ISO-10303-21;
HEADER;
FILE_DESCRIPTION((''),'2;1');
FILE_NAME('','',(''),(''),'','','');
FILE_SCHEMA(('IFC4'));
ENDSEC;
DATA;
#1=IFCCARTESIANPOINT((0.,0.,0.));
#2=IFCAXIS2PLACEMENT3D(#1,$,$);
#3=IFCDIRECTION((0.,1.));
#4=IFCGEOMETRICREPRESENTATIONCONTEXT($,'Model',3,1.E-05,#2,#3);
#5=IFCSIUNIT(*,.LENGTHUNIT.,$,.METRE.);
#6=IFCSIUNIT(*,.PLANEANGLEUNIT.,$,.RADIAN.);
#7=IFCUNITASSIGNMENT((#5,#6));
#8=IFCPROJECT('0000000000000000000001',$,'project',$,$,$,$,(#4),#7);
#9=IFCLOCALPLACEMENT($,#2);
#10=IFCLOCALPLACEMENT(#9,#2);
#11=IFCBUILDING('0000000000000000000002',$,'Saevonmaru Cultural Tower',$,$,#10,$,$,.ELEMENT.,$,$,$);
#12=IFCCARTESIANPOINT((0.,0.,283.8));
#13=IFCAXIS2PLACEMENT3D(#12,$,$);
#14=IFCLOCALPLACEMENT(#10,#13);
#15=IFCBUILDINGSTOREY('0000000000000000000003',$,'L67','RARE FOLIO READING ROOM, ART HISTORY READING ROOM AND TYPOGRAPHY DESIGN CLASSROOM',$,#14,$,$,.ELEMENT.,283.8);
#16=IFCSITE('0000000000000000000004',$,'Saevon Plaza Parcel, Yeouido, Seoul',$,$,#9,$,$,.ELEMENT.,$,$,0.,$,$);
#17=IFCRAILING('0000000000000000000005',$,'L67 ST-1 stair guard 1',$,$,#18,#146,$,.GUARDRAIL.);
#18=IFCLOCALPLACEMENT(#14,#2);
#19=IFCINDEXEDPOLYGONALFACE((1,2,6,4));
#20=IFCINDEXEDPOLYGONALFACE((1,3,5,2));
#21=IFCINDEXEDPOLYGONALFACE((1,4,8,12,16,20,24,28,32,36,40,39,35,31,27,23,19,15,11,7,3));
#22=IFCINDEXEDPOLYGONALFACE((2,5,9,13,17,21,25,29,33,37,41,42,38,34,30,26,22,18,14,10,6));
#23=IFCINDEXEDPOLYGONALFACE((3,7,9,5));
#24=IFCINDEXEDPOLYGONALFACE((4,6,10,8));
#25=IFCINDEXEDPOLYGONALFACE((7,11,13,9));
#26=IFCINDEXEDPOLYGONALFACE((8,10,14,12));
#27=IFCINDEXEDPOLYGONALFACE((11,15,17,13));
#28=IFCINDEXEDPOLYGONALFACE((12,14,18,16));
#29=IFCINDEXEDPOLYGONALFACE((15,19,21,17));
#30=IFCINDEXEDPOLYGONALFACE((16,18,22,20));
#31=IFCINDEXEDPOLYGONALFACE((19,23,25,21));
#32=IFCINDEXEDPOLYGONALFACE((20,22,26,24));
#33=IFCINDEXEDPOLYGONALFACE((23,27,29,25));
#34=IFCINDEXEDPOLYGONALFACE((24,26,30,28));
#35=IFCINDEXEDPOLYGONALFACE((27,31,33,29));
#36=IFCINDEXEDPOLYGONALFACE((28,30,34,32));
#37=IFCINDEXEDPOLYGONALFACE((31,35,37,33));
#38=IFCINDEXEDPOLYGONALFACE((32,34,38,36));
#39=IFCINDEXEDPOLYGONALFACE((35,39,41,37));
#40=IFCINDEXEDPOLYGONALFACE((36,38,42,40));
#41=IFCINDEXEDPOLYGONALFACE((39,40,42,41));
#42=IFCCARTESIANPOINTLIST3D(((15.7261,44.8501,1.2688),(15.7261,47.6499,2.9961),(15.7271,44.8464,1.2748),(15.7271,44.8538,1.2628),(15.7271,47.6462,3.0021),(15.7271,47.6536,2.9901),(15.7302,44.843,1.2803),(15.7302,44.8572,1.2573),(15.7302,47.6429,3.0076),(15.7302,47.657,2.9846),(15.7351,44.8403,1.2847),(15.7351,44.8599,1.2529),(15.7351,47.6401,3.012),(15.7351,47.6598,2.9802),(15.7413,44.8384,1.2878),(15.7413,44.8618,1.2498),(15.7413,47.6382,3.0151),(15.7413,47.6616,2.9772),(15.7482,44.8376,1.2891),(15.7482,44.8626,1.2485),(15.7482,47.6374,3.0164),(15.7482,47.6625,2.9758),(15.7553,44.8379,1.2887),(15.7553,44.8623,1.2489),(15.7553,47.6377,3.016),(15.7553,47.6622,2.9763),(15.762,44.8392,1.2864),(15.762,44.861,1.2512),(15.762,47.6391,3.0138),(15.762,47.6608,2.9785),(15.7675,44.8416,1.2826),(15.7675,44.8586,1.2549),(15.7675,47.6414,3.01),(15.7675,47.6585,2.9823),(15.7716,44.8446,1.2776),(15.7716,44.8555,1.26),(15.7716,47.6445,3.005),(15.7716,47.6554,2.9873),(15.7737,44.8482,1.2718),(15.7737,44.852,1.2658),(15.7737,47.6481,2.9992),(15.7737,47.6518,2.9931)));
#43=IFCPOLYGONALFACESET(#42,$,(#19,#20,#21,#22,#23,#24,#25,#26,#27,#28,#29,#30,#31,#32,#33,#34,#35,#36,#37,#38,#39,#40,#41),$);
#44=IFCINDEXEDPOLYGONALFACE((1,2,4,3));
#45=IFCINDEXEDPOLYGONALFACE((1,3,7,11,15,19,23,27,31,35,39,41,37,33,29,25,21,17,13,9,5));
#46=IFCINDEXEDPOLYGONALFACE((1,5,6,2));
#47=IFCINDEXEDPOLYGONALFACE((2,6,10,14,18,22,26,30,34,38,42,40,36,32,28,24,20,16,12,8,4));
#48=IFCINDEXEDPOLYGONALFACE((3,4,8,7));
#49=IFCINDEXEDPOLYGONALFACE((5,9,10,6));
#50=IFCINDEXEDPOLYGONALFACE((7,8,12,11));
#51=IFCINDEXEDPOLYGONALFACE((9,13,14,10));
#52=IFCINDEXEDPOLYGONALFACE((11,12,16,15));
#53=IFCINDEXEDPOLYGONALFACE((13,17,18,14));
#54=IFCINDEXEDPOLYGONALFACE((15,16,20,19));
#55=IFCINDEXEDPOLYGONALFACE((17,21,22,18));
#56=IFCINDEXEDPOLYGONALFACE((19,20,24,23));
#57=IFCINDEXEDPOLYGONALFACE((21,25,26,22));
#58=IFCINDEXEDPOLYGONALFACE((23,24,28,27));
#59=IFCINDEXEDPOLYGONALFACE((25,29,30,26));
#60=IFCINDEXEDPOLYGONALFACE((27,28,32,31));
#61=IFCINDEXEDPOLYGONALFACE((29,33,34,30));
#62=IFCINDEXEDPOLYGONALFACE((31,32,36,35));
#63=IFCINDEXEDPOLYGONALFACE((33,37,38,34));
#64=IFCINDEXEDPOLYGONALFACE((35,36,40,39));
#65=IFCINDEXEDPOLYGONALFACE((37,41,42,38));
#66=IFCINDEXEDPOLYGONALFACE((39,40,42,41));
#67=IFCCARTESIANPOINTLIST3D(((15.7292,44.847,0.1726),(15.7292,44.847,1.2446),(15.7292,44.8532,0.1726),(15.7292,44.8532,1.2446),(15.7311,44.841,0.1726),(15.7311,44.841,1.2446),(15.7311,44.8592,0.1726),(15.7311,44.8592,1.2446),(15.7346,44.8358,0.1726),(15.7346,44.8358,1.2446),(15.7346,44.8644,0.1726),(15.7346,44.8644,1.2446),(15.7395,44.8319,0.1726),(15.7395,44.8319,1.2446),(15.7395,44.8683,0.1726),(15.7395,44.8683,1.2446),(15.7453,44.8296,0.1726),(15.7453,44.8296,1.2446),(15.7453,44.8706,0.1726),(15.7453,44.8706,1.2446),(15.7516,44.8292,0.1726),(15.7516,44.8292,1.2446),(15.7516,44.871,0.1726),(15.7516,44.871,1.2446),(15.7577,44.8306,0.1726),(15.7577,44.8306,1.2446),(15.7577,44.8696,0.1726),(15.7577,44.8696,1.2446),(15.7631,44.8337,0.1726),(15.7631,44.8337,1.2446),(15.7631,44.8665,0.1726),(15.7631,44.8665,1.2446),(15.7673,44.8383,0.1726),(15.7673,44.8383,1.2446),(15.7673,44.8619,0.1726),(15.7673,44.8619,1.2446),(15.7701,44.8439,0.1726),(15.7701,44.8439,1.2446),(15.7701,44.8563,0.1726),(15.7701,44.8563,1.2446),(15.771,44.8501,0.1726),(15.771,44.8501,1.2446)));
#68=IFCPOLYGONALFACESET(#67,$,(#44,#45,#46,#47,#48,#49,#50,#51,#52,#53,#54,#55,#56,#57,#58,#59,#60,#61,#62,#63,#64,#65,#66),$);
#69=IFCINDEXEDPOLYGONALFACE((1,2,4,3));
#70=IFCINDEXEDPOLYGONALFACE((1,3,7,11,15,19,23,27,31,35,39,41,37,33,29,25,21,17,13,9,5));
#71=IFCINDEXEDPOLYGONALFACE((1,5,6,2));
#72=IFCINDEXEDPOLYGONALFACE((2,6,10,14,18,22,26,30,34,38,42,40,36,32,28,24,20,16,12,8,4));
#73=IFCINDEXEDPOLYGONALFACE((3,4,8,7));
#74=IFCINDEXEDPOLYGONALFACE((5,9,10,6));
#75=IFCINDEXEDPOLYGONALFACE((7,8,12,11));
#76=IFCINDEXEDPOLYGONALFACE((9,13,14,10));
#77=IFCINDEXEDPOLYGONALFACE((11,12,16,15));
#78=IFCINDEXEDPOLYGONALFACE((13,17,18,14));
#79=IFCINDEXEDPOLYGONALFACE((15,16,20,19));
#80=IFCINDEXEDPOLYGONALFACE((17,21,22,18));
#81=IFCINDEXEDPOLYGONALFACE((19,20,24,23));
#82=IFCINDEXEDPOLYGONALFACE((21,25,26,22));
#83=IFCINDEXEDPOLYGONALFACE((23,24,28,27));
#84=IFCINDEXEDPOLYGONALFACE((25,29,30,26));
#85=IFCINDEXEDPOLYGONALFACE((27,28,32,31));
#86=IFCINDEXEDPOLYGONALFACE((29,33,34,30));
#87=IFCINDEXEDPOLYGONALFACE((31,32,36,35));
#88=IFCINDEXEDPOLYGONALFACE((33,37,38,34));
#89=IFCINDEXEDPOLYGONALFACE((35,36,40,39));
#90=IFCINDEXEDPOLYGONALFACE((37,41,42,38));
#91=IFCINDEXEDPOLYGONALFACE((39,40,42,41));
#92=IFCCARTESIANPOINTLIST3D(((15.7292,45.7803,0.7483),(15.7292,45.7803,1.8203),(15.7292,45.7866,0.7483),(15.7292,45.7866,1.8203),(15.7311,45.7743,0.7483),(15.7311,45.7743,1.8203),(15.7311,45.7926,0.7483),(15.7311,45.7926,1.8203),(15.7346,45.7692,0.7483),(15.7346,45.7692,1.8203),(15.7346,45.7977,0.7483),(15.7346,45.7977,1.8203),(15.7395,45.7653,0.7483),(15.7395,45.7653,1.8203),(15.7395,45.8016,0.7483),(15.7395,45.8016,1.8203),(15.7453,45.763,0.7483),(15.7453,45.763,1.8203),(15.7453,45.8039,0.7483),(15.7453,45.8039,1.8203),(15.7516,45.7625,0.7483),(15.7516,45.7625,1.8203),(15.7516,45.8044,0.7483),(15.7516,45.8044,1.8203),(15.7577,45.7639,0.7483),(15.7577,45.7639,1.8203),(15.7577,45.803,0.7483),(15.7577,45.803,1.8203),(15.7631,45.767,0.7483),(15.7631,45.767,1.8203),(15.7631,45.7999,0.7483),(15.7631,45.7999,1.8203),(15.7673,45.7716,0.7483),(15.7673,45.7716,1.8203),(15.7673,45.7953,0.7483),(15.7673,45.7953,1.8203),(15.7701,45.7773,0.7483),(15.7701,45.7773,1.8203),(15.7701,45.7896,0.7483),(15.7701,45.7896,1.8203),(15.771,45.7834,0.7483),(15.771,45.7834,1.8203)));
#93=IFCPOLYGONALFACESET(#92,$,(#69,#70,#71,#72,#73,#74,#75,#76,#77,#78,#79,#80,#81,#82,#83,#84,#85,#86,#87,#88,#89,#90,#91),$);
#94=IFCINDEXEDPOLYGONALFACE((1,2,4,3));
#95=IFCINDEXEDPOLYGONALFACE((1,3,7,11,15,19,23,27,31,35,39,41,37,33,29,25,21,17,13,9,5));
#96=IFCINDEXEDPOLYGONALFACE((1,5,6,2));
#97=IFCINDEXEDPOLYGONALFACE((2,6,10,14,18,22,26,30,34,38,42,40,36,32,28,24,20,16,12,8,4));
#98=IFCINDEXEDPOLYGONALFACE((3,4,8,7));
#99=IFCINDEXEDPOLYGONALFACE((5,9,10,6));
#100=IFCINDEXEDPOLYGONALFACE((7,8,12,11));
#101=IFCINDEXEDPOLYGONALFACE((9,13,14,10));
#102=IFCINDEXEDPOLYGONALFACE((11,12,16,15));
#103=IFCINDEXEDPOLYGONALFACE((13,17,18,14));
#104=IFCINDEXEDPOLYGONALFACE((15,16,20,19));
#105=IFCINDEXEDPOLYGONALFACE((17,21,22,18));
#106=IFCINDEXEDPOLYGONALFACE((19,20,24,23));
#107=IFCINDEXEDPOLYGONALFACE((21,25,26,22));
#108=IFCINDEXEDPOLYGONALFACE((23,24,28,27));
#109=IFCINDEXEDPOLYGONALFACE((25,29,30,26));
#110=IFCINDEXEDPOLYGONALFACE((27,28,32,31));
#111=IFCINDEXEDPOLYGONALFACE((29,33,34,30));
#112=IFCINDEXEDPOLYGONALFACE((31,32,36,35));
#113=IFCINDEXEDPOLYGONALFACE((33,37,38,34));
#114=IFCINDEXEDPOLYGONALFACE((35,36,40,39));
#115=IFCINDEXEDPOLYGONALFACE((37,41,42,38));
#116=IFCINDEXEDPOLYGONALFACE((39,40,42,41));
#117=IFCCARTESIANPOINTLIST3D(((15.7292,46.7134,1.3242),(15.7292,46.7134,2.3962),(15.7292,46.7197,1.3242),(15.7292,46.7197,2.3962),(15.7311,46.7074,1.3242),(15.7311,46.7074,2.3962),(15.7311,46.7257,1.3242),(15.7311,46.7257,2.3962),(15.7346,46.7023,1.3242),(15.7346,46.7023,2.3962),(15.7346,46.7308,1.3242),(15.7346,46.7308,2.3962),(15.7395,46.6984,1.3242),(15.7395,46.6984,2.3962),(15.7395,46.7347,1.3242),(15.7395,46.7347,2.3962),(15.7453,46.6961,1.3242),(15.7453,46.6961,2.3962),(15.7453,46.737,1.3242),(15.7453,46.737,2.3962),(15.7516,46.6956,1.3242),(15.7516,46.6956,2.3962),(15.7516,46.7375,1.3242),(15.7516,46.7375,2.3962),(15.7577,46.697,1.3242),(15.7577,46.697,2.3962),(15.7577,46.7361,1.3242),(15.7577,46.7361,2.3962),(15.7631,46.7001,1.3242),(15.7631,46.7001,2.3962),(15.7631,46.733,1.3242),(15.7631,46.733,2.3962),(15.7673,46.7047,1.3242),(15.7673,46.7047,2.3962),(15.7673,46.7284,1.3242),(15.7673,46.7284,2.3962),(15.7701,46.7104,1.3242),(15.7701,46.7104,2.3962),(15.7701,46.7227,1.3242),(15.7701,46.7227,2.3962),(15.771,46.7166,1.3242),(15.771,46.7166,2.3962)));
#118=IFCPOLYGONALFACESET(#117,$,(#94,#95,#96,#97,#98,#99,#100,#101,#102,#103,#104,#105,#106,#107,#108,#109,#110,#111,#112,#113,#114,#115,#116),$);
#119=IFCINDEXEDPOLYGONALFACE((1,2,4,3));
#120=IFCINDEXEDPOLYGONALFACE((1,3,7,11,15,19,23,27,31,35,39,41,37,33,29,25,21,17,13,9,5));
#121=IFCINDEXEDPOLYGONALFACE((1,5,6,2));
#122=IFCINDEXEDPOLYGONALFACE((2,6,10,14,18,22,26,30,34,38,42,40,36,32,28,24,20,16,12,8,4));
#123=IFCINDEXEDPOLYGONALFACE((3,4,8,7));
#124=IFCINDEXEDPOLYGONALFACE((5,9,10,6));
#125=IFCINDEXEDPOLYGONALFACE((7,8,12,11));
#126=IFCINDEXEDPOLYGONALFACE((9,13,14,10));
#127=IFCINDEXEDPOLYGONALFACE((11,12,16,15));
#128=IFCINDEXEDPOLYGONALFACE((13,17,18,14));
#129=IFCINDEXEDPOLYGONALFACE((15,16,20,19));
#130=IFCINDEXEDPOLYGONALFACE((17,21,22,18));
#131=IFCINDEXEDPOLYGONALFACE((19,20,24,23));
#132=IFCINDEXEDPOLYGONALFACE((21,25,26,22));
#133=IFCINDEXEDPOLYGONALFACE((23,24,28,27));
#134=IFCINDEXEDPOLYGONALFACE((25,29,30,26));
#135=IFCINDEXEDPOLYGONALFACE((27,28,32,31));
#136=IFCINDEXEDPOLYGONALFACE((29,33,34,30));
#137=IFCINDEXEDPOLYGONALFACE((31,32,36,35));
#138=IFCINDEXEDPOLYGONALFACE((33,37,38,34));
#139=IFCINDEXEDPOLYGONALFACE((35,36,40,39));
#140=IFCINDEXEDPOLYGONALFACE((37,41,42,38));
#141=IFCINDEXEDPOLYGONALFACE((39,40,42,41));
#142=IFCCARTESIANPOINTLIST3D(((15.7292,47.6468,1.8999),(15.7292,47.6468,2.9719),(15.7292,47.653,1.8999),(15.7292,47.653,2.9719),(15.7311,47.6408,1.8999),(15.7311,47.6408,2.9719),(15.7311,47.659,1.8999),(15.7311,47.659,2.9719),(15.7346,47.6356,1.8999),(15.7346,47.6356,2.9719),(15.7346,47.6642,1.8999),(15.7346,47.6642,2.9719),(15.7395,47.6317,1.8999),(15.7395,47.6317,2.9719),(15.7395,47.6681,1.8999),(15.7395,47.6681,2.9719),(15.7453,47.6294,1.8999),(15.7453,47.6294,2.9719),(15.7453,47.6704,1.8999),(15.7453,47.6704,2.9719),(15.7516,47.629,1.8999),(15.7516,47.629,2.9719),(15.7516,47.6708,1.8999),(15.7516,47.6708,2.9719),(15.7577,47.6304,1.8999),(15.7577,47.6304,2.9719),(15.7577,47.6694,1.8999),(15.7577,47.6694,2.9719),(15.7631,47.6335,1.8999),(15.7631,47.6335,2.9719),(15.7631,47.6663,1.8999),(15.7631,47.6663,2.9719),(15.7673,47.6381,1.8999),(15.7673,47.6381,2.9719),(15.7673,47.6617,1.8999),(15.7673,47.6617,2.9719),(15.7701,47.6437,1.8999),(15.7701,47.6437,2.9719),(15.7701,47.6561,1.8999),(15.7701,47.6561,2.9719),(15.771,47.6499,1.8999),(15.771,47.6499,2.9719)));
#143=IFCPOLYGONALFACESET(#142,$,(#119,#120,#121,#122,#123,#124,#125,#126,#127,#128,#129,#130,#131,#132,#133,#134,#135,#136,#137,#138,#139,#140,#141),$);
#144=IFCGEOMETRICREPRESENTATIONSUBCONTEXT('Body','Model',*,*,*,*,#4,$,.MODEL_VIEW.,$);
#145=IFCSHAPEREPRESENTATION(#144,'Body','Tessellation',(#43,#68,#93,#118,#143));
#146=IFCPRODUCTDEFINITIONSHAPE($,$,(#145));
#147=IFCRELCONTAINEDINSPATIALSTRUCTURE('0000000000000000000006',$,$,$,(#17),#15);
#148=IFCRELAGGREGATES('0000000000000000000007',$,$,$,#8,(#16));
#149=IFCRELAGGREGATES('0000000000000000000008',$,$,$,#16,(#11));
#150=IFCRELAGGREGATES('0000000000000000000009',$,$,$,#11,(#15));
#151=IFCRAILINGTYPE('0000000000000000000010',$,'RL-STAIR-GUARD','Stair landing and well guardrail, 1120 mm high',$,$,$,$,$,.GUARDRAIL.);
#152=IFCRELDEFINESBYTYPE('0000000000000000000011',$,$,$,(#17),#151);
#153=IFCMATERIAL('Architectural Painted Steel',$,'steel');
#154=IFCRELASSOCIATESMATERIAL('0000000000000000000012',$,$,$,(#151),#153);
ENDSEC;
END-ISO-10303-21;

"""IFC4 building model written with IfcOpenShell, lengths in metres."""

from ifc_helpers import new_model, si_unit, direction, frame, origin, origin_2d, place, context, subcontext, project, spatial, circle, extrude, material, type_object, element, save


model = new_model("IFC4")

# Units and contexts
model_context = context("Model", 3, precision=1e-05, world=origin(), true_north=direction((0.0, 1.0)))
body_context = subcontext(model_context, "Body", "Model", "MODEL_VIEW")
ifc_project = project(units=[si_unit("LENGTHUNIT", "METRE"), si_unit("PLANEANGLEUNIT", "RADIAN")], contexts=[model_context])

# Site, building, storey
site_placement = place(None, origin())
site = spatial("IfcSite", under=ifc_project, at=site_placement, Name="Saevon Plaza Parcel, Yeouido, Seoul", CompositionType="ELEMENT", RefElevation=0.0)
building_placement = place(site_placement, origin())
building = spatial("IfcBuilding", under=site, at=building_placement, Name="Saevonmaru Cultural Tower", CompositionType="ELEMENT")
storey_placement = place(building_placement, frame((0.0, 0.0, 283.8)))
storey = spatial("IfcBuildingStorey", under=building, at=storey_placement, Name="L67", Description="RARE FOLIO READING ROOM, ART HISTORY READING ROOM AND TYPOGRAPHY DESIGN CLASSROOM", CompositionType="ELEMENT", Elevation=283.8)

# Railing
ifc_material_1 = material(Name="Architectural Painted Steel", Category="steel")
railing_type_1 = type_object("IfcRailingType", Name="RL-STAIR-GUARD", Description="Stair landing and well guardrail, 1120 mm high", PredefinedType="GUARDRAIL", material=ifc_material_1)
railing_1_placement = place(storey_placement, frame((15.75, 44.8501, 0.1726)))
element("IfcRailing", 1, at=railing_1_placement, inside=storey, type_object=railing_type_1, Name="L67 ST-1 stair guard 1", PredefinedType="GUARDRAIL", context=body_context, shape_type="SweptSolid", body=[
    extrude(circle(Radius=0.0239, at=origin_2d()), frame((0.0, 0.0, 1.0962), z_axis=(0.0, 0.851069, 0.525054), x_axis=(-1.0, 0.0, 0.0)), (0.0, 0.0, 1.0), 3.2898),
    extrude(circle(Radius=0.021, at=origin_2d()), origin(), (0.0, 0.0, 1.0), 1.072),
    extrude(circle(Radius=0.021, at=origin_2d()), frame((0.0, 0.9333, 0.5757)), (0.0, 0.0, 1.0), 1.072),
    extrude(circle(Radius=0.021, at=origin_2d()), frame((0.0, 1.8665, 1.1516)), (0.0, 0.0, 1.0), 1.072),
    extrude(circle(Radius=0.021, at=origin_2d()), frame((0.0, 2.7998, 1.7273)), (0.0, 0.0, 1.0), 1.072),
])

save(model, "model.ifc")
